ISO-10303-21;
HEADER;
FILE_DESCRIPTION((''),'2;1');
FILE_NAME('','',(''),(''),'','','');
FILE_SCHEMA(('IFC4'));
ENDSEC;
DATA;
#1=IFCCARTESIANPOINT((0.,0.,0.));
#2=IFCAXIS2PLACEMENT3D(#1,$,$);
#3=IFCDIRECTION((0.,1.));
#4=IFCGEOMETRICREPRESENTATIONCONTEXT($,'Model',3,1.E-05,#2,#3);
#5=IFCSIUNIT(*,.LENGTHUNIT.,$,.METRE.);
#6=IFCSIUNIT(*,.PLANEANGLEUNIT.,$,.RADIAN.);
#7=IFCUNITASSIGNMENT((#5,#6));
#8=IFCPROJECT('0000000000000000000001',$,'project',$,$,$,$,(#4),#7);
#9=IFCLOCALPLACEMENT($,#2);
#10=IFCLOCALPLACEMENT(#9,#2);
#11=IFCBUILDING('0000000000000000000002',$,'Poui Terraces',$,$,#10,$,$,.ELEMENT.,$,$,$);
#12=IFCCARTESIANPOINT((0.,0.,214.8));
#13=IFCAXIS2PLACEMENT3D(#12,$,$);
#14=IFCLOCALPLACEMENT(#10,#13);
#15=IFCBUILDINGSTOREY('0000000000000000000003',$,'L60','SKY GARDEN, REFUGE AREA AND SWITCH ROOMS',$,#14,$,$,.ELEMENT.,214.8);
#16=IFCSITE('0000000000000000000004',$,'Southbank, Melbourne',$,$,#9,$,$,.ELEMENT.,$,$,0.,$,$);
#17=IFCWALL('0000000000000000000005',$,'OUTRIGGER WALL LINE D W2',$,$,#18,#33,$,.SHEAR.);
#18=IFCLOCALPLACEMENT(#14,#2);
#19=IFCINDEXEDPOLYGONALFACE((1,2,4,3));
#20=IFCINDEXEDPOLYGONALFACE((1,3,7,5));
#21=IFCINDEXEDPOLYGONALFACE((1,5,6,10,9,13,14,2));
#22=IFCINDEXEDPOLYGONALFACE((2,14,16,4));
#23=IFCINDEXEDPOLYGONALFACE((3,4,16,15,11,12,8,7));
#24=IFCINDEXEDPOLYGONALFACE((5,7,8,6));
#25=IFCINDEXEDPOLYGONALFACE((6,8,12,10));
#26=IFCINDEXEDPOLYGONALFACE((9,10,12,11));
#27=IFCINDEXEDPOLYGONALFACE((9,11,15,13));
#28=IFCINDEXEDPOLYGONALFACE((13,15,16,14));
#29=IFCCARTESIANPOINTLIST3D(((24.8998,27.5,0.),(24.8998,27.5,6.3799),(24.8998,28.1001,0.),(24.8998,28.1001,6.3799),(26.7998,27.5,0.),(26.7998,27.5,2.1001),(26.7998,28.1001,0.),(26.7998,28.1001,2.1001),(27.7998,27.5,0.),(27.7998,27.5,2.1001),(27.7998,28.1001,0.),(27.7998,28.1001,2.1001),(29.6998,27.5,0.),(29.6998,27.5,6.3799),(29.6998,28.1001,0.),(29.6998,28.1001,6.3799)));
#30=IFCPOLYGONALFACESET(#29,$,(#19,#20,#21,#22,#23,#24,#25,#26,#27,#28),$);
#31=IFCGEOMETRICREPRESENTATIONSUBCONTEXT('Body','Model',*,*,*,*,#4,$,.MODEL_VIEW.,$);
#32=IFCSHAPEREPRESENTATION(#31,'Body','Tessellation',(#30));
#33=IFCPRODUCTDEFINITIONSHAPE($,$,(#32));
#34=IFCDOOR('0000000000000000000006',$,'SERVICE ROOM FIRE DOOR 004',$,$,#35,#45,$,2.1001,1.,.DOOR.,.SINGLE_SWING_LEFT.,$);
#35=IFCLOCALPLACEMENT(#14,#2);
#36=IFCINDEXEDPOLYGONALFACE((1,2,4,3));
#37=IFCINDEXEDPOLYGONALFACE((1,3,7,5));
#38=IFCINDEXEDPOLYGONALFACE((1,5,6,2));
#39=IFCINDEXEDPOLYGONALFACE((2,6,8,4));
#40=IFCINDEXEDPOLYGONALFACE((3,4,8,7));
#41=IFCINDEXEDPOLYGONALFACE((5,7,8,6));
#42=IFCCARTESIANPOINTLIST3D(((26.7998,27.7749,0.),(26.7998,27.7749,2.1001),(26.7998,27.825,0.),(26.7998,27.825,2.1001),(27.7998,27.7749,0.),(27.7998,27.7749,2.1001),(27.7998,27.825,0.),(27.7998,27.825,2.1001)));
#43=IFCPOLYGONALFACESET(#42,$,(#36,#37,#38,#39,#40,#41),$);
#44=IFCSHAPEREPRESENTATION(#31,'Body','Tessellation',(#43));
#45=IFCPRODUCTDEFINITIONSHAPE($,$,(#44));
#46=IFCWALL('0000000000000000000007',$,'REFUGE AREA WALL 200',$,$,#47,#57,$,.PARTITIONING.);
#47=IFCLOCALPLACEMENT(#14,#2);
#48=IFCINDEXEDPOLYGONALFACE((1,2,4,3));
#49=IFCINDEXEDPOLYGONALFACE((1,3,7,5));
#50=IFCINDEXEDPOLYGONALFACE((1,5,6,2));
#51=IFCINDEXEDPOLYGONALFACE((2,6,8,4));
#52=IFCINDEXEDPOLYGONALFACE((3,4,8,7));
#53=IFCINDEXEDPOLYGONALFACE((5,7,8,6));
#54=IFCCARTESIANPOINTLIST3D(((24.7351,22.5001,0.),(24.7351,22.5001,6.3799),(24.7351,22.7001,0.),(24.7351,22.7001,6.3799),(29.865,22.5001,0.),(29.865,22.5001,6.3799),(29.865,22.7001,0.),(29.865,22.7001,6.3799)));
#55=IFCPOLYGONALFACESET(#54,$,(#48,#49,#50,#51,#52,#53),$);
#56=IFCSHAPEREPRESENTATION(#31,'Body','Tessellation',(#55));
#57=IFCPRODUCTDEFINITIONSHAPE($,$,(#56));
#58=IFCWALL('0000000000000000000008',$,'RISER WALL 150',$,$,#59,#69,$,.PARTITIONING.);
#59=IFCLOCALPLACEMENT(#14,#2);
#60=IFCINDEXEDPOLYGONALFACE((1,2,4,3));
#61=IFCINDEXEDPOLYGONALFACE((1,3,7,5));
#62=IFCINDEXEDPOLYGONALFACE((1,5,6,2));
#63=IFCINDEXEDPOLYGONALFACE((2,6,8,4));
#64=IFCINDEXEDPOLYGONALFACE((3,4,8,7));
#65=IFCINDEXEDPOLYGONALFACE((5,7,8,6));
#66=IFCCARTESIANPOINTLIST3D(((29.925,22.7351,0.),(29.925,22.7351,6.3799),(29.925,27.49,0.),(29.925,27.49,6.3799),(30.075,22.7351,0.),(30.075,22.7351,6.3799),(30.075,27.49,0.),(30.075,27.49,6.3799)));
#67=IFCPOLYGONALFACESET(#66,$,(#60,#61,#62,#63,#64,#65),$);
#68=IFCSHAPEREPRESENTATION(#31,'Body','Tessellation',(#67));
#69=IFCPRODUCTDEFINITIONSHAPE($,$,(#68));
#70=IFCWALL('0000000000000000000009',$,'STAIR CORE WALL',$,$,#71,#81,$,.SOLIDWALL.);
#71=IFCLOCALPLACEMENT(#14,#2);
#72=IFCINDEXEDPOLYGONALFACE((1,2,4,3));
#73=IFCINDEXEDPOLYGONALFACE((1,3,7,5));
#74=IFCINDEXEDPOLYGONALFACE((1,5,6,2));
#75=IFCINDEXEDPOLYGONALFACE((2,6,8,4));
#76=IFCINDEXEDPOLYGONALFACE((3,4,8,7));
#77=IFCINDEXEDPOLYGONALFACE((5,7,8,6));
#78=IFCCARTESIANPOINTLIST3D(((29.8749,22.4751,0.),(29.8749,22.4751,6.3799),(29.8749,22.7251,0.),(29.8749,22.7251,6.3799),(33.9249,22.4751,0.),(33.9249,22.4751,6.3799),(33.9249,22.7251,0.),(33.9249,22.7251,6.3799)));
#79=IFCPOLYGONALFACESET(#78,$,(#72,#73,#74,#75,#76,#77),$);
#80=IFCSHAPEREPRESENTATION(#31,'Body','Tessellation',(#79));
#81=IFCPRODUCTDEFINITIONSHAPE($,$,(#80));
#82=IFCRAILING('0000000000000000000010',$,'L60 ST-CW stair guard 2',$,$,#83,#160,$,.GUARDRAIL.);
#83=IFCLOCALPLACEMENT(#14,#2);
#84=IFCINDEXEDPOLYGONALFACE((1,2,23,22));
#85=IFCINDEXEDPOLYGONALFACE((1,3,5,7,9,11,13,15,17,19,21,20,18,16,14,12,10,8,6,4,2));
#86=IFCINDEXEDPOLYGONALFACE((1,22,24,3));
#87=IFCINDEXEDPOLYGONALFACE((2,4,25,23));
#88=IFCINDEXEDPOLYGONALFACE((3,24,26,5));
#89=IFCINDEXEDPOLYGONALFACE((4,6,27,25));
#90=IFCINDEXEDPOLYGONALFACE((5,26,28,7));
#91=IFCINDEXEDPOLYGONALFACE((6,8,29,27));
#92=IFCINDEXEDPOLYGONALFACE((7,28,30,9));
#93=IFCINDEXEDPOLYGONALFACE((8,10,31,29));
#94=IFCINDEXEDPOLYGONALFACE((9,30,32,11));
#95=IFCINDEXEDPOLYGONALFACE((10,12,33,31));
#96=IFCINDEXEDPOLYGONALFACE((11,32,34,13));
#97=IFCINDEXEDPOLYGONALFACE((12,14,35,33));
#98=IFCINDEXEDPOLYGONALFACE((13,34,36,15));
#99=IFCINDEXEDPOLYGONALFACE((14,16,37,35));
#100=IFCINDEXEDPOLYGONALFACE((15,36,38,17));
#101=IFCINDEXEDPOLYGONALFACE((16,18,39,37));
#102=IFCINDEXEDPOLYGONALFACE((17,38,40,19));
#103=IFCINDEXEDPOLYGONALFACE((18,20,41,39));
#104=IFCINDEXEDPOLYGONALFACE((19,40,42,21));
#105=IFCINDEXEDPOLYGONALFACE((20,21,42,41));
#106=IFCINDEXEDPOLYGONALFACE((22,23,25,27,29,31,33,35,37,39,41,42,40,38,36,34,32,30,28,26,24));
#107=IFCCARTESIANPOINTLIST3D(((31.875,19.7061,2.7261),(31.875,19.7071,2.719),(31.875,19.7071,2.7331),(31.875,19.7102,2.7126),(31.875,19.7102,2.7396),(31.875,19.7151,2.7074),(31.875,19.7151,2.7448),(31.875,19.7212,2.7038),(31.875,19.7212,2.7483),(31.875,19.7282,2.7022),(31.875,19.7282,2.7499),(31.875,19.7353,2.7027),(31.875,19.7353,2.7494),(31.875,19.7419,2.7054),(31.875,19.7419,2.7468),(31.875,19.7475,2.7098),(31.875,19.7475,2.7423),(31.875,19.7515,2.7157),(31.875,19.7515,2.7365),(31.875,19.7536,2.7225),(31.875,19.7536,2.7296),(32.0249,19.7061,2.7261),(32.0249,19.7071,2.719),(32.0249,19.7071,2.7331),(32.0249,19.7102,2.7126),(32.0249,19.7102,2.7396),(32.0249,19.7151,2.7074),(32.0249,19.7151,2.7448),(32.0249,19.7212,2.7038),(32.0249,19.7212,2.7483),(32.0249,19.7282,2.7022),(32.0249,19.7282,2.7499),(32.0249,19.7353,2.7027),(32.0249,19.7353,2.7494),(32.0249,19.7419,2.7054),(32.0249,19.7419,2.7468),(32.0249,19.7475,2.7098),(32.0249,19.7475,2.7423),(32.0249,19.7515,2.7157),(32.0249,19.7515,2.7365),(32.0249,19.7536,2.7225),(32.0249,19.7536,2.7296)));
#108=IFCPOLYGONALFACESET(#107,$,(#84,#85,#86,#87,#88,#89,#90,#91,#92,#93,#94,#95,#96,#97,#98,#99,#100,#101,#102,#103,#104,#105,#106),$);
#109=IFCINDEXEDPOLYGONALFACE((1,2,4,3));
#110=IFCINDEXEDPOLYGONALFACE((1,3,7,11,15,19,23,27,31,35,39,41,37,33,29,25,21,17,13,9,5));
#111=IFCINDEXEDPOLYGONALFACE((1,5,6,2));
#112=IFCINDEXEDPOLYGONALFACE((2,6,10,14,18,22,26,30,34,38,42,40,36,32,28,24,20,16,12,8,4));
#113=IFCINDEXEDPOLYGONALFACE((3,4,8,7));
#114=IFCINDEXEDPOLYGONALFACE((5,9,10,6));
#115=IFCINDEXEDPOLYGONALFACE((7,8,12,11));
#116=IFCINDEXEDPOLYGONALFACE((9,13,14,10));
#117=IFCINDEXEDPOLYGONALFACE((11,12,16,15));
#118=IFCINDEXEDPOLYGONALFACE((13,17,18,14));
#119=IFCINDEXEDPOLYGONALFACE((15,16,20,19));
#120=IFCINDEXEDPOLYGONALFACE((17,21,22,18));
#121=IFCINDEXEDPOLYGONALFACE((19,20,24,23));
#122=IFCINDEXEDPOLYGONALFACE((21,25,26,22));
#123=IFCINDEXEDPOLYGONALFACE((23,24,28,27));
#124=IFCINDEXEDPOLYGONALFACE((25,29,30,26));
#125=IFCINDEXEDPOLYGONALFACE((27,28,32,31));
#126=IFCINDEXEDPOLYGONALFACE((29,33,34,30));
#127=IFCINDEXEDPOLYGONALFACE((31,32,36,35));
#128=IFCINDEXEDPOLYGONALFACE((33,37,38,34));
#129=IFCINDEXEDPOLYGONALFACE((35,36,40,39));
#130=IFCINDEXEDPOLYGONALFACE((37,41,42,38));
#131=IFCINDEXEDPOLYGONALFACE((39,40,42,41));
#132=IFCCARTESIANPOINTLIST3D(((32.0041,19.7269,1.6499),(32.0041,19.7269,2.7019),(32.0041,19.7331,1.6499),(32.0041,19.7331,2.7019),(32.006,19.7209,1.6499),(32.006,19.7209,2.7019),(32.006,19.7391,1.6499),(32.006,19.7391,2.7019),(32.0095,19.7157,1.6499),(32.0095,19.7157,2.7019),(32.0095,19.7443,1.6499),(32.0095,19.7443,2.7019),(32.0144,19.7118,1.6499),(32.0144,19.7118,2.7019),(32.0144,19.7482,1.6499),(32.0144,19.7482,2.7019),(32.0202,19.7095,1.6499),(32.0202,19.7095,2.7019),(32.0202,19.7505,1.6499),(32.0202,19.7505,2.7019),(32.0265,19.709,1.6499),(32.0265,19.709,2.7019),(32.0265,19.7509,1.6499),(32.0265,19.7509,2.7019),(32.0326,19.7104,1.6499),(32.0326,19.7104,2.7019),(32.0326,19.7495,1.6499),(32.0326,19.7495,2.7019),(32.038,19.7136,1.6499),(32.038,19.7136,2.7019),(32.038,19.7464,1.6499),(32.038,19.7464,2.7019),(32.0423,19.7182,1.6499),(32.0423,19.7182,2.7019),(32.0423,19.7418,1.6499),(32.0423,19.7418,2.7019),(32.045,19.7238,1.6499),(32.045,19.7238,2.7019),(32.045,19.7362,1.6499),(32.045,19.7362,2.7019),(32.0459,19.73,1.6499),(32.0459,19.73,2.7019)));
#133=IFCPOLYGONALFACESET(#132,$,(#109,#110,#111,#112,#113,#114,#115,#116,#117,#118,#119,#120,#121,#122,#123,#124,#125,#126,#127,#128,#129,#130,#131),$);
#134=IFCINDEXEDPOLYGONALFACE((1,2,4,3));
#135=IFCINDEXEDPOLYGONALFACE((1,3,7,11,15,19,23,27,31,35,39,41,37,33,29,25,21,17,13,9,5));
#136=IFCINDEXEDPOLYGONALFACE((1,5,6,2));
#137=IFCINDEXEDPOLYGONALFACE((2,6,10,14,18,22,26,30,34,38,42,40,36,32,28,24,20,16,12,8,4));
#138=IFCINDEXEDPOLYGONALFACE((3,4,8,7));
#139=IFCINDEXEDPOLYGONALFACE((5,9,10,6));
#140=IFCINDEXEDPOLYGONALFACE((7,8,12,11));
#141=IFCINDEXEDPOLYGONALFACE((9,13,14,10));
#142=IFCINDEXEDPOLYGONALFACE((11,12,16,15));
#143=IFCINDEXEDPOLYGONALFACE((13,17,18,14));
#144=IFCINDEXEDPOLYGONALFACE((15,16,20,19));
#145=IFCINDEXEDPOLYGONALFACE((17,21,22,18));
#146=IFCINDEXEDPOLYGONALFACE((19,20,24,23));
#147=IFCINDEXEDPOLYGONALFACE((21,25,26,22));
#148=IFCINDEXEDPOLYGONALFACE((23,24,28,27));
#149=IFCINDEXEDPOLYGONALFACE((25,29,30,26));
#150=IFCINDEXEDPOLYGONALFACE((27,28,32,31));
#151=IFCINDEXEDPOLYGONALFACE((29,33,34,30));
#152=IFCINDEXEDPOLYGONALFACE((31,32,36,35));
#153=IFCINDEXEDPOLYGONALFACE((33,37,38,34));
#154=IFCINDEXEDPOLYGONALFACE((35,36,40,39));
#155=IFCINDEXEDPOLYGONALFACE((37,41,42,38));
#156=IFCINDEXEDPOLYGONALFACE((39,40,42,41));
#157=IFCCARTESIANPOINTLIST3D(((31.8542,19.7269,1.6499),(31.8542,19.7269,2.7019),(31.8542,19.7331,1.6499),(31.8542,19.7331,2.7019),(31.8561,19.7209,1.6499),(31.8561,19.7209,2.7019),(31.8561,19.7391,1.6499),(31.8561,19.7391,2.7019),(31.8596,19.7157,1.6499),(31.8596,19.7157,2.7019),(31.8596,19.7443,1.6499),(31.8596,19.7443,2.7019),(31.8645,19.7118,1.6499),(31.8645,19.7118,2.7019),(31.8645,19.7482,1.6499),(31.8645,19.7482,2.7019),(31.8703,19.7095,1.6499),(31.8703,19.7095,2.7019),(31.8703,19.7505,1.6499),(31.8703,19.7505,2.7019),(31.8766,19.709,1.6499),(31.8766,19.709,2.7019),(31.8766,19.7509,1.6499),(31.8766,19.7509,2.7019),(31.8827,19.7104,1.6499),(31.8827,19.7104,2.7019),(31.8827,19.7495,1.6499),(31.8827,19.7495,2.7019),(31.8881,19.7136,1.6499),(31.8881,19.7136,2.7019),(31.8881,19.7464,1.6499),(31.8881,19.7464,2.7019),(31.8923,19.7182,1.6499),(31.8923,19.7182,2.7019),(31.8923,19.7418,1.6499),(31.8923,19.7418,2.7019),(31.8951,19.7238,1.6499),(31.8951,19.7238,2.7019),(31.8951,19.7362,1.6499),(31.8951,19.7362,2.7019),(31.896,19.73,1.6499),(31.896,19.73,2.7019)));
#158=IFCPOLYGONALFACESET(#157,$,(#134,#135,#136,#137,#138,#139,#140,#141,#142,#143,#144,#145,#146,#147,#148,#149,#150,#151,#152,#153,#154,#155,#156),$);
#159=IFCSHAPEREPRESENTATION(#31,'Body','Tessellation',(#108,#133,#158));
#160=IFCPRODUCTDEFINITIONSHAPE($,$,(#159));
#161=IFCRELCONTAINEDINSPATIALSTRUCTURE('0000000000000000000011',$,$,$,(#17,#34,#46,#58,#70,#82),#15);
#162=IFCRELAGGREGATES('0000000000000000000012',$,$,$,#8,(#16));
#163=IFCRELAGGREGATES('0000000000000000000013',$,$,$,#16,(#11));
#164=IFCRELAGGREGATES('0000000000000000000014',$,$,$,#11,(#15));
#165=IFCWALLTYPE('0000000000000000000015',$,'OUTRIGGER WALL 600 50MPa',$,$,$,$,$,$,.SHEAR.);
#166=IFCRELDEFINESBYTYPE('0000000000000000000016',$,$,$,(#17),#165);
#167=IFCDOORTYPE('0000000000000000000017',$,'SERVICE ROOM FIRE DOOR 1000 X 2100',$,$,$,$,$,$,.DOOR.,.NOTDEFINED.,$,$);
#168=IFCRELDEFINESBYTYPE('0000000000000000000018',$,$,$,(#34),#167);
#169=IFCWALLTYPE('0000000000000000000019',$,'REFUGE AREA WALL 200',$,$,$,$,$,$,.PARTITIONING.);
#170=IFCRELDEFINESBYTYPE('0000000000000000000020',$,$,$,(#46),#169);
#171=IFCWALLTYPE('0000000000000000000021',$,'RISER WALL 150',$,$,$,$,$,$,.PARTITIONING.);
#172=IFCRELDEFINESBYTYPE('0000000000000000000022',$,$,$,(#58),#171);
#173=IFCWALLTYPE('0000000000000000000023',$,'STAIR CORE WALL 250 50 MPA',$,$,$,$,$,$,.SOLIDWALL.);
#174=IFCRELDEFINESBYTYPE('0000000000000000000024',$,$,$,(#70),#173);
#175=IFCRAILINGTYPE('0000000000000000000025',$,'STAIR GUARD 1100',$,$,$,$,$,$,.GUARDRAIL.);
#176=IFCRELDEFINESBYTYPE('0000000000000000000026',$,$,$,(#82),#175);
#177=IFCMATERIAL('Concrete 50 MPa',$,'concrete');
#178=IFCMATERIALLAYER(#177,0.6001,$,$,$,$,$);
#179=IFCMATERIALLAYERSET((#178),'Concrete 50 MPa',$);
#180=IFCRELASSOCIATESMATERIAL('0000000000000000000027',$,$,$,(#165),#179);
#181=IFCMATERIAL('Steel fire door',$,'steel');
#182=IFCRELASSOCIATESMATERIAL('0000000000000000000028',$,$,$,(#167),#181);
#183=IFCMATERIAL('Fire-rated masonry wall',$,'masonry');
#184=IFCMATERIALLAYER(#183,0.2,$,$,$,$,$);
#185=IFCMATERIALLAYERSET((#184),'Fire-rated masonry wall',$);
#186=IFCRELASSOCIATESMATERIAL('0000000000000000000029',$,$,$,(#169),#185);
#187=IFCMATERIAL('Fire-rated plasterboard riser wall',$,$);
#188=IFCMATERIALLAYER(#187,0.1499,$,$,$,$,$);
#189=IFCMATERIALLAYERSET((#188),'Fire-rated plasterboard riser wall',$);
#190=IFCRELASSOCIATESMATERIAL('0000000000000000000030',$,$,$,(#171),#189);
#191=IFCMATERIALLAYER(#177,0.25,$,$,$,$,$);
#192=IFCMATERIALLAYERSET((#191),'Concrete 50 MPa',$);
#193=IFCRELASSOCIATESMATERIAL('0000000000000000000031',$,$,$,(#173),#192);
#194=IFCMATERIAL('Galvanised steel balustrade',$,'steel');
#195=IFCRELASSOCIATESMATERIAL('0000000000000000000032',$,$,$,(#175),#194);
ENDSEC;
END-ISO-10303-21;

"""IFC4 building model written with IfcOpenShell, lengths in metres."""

from ifc_helpers import new_model, si_unit, direction, frame, frame_2d, origin, origin_2d, place, context, subcontext, project, spatial, rectangle, circle, extrude, material, layer, layer_set, type_object, element, fill, save


model = new_model("IFC4")

# Units and contexts
model_context = context("Model", 3, precision=1e-05, world=origin(), true_north=direction((0.0, 1.0)))
body_context = subcontext(model_context, "Body", "Model", "MODEL_VIEW")
ifc_project = project(units=[si_unit("LENGTHUNIT", "METRE"), si_unit("PLANEANGLEUNIT", "RADIAN")], contexts=[model_context])

# Site, building, storey
site_placement = place(None, origin())
site = spatial("IfcSite", under=ifc_project, at=site_placement, Name="Southbank, Melbourne", CompositionType="ELEMENT", RefElevation=0.0)
building_placement = place(site_placement, origin())
building = spatial("IfcBuilding", under=site, at=building_placement, Name="Poui Terraces", CompositionType="ELEMENT")
storey_placement = place(building_placement, frame((0.0, 0.0, 214.8)))
storey = spatial("IfcBuildingStorey", under=building, at=storey_placement, Name="L60", Description="SKY GARDEN, REFUGE AREA AND SWITCH ROOMS", CompositionType="ELEMENT", Elevation=214.8)

# Wall, opening, door
ifc_material_1 = material(Name="Concrete 50 MPa", Category="concrete")
ifc_layer_1 = layer(ifc_material_1, 0.6001)
ifc_layer_set_1 = layer_set([ifc_layer_1], Name="Concrete 50 MPa")
wall_type_1 = type_object("IfcWallType", Name="OUTRIGGER WALL 600 50MPa", PredefinedType="SHEAR", material=ifc_layer_set_1)
wall_1_placement = place(storey_placement, frame((24.8999, 27.8, 0.0), z_axis=(0.0, 0.0, 1.0), x_axis=(1.0, 0.0, 0.0)))
wall_1 = element("IfcWall", 1, at=wall_1_placement, inside=storey, type_object=wall_type_1, Name="OUTRIGGER WALL LINE D W2", PredefinedType="SHEAR", context=body_context, shape_type="SweptSolid", body=[
    extrude(rectangle(XDim=4.8, YDim=0.6001, at=frame_2d((2.3999, 0.0))), origin(), (0.0, 0.0, 1.0), 6.3799),
])
opening_1_placement = place(wall_1_placement, frame((1.8999, 0.0, 0.0)))
opening_1 = element("IfcOpeningElement", 2, at=opening_1_placement, cuts=wall_1, PredefinedType="OPENING", context=body_context, shape_type="SweptSolid", body=[
    extrude(rectangle(XDim=1.0, YDim=2.1001, at=frame_2d((0.5, 1.05))), frame((0.0, 0.3101, 0.0), z_axis=(0.0, -1.0, 0.0), x_axis=(1.0, 0.0, 0.0)), (0.0, 0.0, 1.0), 0.6201),
])
ifc_material_2 = material(Name="Steel fire door", Category="steel")
door_type_1 = type_object("IfcDoorType", Name="SERVICE ROOM FIRE DOOR 1000 X 2100", OperationType="NOTDEFINED", PredefinedType="DOOR", material=ifc_material_2)
door_1_placement = place(opening_1_placement, origin())
door_1 = element("IfcDoor", 3, at=door_1_placement, inside=storey, type_object=door_type_1, Name="SERVICE ROOM FIRE DOOR 004", OperationType="SINGLE_SWING_LEFT", OverallHeight=2.1001, OverallWidth=1.0, PredefinedType="DOOR", context=body_context, shape_type="SweptSolid", body=[
    extrude(rectangle(XDim=1.0, YDim=2.1001, at=frame_2d((0.5, 1.05))), frame((0.0, 0.0249, 0.0), z_axis=(0.0, -1.0, 0.0), x_axis=(1.0, 0.0, 0.0)), (0.0, 0.0, 1.0), 0.05),
])
fill(opening_1, door_1)

# Walls
ifc_material_3 = material(Name="Fire-rated masonry wall", Category="masonry")
ifc_layer_2 = layer(ifc_material_3, 0.2)
ifc_layer_set_2 = layer_set([ifc_layer_2], Name="Fire-rated masonry wall")
wall_type_2 = type_object("IfcWallType", Name="REFUGE AREA WALL 200", PredefinedType="PARTITIONING", material=ifc_layer_set_2)
wall_2_placement = place(storey_placement, frame((24.7351, 22.6001, 0.0), z_axis=(0.0, 0.0, 1.0), x_axis=(1.0, 0.0, 0.0)))
element("IfcWall", 4, at=wall_2_placement, inside=storey, type_object=wall_type_2, Name="REFUGE AREA WALL 200", PredefinedType="PARTITIONING", context=body_context, shape_type="SweptSolid", body=[
    extrude(rectangle(XDim=5.1299, YDim=0.2, at=frame_2d((2.5649, 0.0))), origin(), (0.0, 0.0, 1.0), 6.3799),
])
ifc_material_4 = material(Name="Fire-rated plasterboard riser wall")
ifc_layer_3 = layer(ifc_material_4, 0.1499)
ifc_layer_set_3 = layer_set([ifc_layer_3], Name="Fire-rated plasterboard riser wall")
wall_type_3 = type_object("IfcWallType", Name="RISER WALL 150", PredefinedType="PARTITIONING", material=ifc_layer_set_3)
wall_3_placement = place(storey_placement, frame((30.0, 22.7351, 0.0), z_axis=(0.0, 0.0, 1.0), x_axis=(0.0, 1.0, 0.0)))
element("IfcWall", 5, at=wall_3_placement, inside=storey, type_object=wall_type_3, Name="RISER WALL 150", PredefinedType="PARTITIONING", context=body_context, shape_type="SweptSolid", body=[
    extrude(rectangle(XDim=4.7549, YDim=0.1499, at=frame_2d((2.3774, 0.0))), origin(), (0.0, 0.0, 1.0), 6.3799),
])

# Wall
ifc_layer_4 = layer(ifc_material_1, 0.25)
ifc_layer_set_4 = layer_set([ifc_layer_4], Name="Concrete 50 MPa")
wall_type_4 = type_object("IfcWallType", Name="STAIR CORE WALL 250 50 MPA", PredefinedType="SOLIDWALL", material=ifc_layer_set_4)
wall_4_placement = place(storey_placement, frame((29.875, 22.6001, 0.0), z_axis=(0.0, 0.0, 1.0), x_axis=(1.0, 0.0, 0.0)))
element("IfcWall", 6, at=wall_4_placement, inside=storey, type_object=wall_type_4, Name="STAIR CORE WALL", PredefinedType="SOLIDWALL", context=body_context, shape_type="SweptSolid", body=[
    extrude(rectangle(XDim=4.05, YDim=0.25, at=frame_2d((2.0249, 0.0))), origin(), (0.0, 0.0, 1.0), 6.3799),
])

# Railing
ifc_material_5 = material(Name="Galvanised steel balustrade", Category="steel")
railing_type = type_object("IfcRailingType", Name="STAIR GUARD 1100", PredefinedType="GUARDRAIL", material=ifc_material_5)
for number, where, name in (
    (7, (32.0249, 19.73, 1.6499), "L60 ST-CW stair guard 2"),
):
    element("IfcRailing", number, at=place(storey_placement, frame(where)), inside=storey, type_object=railing_type, Name=name, PredefinedType="GUARDRAIL", context=body_context, shape_type="SweptSolid", body=[
        extrude(circle(Radius=0.0239, at=origin_2d()), frame((0.0, 0.0, 1.0762), z_axis=(-1.0, 0.0, 0.0), x_axis=(0.0, -1.0, 0.0)), (0.0, 0.0, 1.0), 0.1499),
        extrude(circle(Radius=0.021, at=origin_2d()), origin(), (0.0, 0.0, 1.0), 1.052),
        extrude(circle(Radius=0.021, at=origin_2d()), frame((-0.1499, 0.0, 0.0)), (0.0, 0.0, 1.0), 1.052),
    ])

save(model, "model.ifc")
